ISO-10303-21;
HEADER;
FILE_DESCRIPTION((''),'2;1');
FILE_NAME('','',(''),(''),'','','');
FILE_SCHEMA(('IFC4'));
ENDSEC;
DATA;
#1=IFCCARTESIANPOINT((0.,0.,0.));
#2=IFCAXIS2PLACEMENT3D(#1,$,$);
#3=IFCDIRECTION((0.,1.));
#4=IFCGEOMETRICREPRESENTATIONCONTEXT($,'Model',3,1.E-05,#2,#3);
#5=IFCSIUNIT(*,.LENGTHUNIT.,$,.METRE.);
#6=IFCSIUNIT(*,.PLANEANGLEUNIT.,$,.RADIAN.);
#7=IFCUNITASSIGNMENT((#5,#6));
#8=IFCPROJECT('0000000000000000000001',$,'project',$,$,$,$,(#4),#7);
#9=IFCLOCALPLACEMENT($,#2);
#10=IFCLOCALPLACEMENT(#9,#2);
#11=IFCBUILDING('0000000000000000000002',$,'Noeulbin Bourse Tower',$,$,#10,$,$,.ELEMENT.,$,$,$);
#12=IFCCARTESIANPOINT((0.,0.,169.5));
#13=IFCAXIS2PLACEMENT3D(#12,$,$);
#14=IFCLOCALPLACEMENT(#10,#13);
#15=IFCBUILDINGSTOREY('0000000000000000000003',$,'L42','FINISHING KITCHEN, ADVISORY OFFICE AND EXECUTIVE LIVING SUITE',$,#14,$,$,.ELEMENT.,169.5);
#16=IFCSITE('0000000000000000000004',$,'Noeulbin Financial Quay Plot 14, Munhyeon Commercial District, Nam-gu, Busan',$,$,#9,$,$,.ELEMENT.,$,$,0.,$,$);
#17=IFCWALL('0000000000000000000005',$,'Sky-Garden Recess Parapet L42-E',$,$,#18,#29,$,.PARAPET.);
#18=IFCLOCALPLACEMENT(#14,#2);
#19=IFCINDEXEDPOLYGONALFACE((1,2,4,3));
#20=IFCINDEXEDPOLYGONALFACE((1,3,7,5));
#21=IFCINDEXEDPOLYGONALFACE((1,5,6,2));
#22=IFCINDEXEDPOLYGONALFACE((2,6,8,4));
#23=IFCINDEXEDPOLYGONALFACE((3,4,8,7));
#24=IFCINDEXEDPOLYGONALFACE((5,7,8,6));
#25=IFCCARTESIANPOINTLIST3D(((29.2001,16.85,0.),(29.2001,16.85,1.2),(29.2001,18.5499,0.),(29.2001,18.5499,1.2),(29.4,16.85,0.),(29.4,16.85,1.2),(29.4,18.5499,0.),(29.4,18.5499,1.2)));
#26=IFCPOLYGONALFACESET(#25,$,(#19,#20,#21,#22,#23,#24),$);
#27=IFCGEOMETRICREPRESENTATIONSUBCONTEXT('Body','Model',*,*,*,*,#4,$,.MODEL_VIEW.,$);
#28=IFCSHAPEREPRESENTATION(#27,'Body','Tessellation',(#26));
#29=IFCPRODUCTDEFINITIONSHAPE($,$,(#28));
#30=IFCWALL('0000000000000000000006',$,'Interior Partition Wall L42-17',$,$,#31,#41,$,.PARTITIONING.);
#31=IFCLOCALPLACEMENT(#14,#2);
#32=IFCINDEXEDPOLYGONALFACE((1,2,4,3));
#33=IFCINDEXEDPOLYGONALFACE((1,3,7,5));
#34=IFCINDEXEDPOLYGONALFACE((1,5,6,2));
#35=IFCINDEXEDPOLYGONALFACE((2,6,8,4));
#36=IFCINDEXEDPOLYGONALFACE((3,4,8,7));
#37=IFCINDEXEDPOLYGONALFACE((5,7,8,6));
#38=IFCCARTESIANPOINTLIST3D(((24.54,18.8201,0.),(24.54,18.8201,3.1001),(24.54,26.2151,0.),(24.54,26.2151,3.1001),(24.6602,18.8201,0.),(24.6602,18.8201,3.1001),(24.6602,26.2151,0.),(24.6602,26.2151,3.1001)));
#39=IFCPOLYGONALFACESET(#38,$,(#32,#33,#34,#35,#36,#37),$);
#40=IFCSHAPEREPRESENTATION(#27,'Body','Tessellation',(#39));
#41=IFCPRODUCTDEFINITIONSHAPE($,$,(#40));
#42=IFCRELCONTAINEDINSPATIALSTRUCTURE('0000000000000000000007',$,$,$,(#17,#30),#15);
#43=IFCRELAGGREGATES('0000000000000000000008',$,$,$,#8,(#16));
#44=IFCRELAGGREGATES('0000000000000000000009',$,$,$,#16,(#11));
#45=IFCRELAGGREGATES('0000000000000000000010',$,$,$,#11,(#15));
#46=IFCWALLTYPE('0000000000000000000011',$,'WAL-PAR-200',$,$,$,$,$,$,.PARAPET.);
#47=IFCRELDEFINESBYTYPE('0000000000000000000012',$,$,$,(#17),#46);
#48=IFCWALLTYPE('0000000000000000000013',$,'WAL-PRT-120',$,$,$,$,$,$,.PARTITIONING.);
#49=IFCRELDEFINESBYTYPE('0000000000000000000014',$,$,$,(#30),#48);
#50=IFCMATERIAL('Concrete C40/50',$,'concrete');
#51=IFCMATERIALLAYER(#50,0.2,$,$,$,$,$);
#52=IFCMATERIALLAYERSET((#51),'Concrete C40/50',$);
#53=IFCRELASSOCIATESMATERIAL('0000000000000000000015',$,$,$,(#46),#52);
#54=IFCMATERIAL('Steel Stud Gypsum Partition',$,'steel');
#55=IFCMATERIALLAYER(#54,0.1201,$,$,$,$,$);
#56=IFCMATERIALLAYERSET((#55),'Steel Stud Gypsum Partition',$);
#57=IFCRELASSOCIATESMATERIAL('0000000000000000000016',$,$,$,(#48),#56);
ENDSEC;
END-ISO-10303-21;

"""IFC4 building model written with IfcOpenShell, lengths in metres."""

from ifc_helpers import new_model, si_unit, direction, frame, frame_2d, origin, place, context, subcontext, project, spatial, rectangle, extrude, material, layer, layer_set, type_object, element, save


model = new_model("IFC4")

# Units and contexts
model_context = context("Model", 3, precision=1e-05, world=origin(), true_north=direction((0.0, 1.0)))
body_context = subcontext(model_context, "Body", "Model", "MODEL_VIEW")
ifc_project = project(units=[si_unit("LENGTHUNIT", "METRE"), si_unit("PLANEANGLEUNIT", "RADIAN")], contexts=[model_context])

# Site, building, storey
site_placement = place(None, origin())
site = spatial("IfcSite", under=ifc_project, at=site_placement, Name="Noeulbin Financial Quay Plot 14, Munhyeon Commercial District, Nam-gu, Busan", CompositionType="ELEMENT", RefElevation=0.0)
building_placement = place(site_placement, origin())
building = spatial("IfcBuilding", under=site, at=building_placement, Name="Noeulbin Bourse Tower", CompositionType="ELEMENT")
storey_placement = place(building_placement, frame((0.0, 0.0, 169.5)))
storey = spatial("IfcBuildingStorey", under=building, at=storey_placement, Name="L42", Description="FINISHING KITCHEN, ADVISORY OFFICE AND EXECUTIVE LIVING SUITE", CompositionType="ELEMENT", Elevation=169.5)

# Walls
ifc_material_1 = material(Name="Concrete C40/50", Category="concrete")
ifc_layer_1 = layer(ifc_material_1, 0.2)
ifc_layer_set_1 = layer_set([ifc_layer_1], Name="Concrete C40/50")
wall_type_1 = type_object("IfcWallType", Name="WAL-PAR-200", PredefinedType="PARAPET", material=ifc_layer_set_1)
for number, where, z_axis, x_axis, name in (
    (1, (29.3, 18.55, 0.0), (0.0, 0.0, 1.0), (0.0, -1.0, 0.0), "Sky-Garden Recess Parapet L42-E"),
):
    element("IfcWall", number, at=place(storey_placement, frame(where, z_axis=z_axis, x_axis=x_axis)), inside=storey, type_object=wall_type_1, Name=name, PredefinedType="PARAPET", context=body_context, shape_type="SweptSolid", body=[
        extrude(rectangle(XDim=1.7, YDim=0.2, at=frame_2d((0.8501, 0.0))), origin(), (0.0, 0.0, 1.0), 1.2),
    ])
ifc_material_2 = material(Name="Steel Stud Gypsum Partition", Category="steel")
ifc_layer_2 = layer(ifc_material_2, 0.1201)
ifc_layer_set_2 = layer_set([ifc_layer_2], Name="Steel Stud Gypsum Partition")
wall_type_2 = type_object("IfcWallType", Name="WAL-PRT-120", PredefinedType="PARTITIONING", material=ifc_layer_set_2)
wall_placement = place(storey_placement, frame((24.6001, 18.8201, 0.0), z_axis=(0.0, 0.0, 1.0), x_axis=(0.0, 1.0, 0.0)))
element("IfcWall", 2, at=wall_placement, inside=storey, type_object=wall_type_2, Name="Interior Partition Wall L42-17", PredefinedType="PARTITIONING", context=body_context, shape_type="SweptSolid", body=[
    extrude(rectangle(XDim=7.395, YDim=0.1201, at=frame_2d((3.6975, 0.0))), origin(), (0.0, 0.0, 1.0), 3.1001),
])

save(model, "model.ifc")
